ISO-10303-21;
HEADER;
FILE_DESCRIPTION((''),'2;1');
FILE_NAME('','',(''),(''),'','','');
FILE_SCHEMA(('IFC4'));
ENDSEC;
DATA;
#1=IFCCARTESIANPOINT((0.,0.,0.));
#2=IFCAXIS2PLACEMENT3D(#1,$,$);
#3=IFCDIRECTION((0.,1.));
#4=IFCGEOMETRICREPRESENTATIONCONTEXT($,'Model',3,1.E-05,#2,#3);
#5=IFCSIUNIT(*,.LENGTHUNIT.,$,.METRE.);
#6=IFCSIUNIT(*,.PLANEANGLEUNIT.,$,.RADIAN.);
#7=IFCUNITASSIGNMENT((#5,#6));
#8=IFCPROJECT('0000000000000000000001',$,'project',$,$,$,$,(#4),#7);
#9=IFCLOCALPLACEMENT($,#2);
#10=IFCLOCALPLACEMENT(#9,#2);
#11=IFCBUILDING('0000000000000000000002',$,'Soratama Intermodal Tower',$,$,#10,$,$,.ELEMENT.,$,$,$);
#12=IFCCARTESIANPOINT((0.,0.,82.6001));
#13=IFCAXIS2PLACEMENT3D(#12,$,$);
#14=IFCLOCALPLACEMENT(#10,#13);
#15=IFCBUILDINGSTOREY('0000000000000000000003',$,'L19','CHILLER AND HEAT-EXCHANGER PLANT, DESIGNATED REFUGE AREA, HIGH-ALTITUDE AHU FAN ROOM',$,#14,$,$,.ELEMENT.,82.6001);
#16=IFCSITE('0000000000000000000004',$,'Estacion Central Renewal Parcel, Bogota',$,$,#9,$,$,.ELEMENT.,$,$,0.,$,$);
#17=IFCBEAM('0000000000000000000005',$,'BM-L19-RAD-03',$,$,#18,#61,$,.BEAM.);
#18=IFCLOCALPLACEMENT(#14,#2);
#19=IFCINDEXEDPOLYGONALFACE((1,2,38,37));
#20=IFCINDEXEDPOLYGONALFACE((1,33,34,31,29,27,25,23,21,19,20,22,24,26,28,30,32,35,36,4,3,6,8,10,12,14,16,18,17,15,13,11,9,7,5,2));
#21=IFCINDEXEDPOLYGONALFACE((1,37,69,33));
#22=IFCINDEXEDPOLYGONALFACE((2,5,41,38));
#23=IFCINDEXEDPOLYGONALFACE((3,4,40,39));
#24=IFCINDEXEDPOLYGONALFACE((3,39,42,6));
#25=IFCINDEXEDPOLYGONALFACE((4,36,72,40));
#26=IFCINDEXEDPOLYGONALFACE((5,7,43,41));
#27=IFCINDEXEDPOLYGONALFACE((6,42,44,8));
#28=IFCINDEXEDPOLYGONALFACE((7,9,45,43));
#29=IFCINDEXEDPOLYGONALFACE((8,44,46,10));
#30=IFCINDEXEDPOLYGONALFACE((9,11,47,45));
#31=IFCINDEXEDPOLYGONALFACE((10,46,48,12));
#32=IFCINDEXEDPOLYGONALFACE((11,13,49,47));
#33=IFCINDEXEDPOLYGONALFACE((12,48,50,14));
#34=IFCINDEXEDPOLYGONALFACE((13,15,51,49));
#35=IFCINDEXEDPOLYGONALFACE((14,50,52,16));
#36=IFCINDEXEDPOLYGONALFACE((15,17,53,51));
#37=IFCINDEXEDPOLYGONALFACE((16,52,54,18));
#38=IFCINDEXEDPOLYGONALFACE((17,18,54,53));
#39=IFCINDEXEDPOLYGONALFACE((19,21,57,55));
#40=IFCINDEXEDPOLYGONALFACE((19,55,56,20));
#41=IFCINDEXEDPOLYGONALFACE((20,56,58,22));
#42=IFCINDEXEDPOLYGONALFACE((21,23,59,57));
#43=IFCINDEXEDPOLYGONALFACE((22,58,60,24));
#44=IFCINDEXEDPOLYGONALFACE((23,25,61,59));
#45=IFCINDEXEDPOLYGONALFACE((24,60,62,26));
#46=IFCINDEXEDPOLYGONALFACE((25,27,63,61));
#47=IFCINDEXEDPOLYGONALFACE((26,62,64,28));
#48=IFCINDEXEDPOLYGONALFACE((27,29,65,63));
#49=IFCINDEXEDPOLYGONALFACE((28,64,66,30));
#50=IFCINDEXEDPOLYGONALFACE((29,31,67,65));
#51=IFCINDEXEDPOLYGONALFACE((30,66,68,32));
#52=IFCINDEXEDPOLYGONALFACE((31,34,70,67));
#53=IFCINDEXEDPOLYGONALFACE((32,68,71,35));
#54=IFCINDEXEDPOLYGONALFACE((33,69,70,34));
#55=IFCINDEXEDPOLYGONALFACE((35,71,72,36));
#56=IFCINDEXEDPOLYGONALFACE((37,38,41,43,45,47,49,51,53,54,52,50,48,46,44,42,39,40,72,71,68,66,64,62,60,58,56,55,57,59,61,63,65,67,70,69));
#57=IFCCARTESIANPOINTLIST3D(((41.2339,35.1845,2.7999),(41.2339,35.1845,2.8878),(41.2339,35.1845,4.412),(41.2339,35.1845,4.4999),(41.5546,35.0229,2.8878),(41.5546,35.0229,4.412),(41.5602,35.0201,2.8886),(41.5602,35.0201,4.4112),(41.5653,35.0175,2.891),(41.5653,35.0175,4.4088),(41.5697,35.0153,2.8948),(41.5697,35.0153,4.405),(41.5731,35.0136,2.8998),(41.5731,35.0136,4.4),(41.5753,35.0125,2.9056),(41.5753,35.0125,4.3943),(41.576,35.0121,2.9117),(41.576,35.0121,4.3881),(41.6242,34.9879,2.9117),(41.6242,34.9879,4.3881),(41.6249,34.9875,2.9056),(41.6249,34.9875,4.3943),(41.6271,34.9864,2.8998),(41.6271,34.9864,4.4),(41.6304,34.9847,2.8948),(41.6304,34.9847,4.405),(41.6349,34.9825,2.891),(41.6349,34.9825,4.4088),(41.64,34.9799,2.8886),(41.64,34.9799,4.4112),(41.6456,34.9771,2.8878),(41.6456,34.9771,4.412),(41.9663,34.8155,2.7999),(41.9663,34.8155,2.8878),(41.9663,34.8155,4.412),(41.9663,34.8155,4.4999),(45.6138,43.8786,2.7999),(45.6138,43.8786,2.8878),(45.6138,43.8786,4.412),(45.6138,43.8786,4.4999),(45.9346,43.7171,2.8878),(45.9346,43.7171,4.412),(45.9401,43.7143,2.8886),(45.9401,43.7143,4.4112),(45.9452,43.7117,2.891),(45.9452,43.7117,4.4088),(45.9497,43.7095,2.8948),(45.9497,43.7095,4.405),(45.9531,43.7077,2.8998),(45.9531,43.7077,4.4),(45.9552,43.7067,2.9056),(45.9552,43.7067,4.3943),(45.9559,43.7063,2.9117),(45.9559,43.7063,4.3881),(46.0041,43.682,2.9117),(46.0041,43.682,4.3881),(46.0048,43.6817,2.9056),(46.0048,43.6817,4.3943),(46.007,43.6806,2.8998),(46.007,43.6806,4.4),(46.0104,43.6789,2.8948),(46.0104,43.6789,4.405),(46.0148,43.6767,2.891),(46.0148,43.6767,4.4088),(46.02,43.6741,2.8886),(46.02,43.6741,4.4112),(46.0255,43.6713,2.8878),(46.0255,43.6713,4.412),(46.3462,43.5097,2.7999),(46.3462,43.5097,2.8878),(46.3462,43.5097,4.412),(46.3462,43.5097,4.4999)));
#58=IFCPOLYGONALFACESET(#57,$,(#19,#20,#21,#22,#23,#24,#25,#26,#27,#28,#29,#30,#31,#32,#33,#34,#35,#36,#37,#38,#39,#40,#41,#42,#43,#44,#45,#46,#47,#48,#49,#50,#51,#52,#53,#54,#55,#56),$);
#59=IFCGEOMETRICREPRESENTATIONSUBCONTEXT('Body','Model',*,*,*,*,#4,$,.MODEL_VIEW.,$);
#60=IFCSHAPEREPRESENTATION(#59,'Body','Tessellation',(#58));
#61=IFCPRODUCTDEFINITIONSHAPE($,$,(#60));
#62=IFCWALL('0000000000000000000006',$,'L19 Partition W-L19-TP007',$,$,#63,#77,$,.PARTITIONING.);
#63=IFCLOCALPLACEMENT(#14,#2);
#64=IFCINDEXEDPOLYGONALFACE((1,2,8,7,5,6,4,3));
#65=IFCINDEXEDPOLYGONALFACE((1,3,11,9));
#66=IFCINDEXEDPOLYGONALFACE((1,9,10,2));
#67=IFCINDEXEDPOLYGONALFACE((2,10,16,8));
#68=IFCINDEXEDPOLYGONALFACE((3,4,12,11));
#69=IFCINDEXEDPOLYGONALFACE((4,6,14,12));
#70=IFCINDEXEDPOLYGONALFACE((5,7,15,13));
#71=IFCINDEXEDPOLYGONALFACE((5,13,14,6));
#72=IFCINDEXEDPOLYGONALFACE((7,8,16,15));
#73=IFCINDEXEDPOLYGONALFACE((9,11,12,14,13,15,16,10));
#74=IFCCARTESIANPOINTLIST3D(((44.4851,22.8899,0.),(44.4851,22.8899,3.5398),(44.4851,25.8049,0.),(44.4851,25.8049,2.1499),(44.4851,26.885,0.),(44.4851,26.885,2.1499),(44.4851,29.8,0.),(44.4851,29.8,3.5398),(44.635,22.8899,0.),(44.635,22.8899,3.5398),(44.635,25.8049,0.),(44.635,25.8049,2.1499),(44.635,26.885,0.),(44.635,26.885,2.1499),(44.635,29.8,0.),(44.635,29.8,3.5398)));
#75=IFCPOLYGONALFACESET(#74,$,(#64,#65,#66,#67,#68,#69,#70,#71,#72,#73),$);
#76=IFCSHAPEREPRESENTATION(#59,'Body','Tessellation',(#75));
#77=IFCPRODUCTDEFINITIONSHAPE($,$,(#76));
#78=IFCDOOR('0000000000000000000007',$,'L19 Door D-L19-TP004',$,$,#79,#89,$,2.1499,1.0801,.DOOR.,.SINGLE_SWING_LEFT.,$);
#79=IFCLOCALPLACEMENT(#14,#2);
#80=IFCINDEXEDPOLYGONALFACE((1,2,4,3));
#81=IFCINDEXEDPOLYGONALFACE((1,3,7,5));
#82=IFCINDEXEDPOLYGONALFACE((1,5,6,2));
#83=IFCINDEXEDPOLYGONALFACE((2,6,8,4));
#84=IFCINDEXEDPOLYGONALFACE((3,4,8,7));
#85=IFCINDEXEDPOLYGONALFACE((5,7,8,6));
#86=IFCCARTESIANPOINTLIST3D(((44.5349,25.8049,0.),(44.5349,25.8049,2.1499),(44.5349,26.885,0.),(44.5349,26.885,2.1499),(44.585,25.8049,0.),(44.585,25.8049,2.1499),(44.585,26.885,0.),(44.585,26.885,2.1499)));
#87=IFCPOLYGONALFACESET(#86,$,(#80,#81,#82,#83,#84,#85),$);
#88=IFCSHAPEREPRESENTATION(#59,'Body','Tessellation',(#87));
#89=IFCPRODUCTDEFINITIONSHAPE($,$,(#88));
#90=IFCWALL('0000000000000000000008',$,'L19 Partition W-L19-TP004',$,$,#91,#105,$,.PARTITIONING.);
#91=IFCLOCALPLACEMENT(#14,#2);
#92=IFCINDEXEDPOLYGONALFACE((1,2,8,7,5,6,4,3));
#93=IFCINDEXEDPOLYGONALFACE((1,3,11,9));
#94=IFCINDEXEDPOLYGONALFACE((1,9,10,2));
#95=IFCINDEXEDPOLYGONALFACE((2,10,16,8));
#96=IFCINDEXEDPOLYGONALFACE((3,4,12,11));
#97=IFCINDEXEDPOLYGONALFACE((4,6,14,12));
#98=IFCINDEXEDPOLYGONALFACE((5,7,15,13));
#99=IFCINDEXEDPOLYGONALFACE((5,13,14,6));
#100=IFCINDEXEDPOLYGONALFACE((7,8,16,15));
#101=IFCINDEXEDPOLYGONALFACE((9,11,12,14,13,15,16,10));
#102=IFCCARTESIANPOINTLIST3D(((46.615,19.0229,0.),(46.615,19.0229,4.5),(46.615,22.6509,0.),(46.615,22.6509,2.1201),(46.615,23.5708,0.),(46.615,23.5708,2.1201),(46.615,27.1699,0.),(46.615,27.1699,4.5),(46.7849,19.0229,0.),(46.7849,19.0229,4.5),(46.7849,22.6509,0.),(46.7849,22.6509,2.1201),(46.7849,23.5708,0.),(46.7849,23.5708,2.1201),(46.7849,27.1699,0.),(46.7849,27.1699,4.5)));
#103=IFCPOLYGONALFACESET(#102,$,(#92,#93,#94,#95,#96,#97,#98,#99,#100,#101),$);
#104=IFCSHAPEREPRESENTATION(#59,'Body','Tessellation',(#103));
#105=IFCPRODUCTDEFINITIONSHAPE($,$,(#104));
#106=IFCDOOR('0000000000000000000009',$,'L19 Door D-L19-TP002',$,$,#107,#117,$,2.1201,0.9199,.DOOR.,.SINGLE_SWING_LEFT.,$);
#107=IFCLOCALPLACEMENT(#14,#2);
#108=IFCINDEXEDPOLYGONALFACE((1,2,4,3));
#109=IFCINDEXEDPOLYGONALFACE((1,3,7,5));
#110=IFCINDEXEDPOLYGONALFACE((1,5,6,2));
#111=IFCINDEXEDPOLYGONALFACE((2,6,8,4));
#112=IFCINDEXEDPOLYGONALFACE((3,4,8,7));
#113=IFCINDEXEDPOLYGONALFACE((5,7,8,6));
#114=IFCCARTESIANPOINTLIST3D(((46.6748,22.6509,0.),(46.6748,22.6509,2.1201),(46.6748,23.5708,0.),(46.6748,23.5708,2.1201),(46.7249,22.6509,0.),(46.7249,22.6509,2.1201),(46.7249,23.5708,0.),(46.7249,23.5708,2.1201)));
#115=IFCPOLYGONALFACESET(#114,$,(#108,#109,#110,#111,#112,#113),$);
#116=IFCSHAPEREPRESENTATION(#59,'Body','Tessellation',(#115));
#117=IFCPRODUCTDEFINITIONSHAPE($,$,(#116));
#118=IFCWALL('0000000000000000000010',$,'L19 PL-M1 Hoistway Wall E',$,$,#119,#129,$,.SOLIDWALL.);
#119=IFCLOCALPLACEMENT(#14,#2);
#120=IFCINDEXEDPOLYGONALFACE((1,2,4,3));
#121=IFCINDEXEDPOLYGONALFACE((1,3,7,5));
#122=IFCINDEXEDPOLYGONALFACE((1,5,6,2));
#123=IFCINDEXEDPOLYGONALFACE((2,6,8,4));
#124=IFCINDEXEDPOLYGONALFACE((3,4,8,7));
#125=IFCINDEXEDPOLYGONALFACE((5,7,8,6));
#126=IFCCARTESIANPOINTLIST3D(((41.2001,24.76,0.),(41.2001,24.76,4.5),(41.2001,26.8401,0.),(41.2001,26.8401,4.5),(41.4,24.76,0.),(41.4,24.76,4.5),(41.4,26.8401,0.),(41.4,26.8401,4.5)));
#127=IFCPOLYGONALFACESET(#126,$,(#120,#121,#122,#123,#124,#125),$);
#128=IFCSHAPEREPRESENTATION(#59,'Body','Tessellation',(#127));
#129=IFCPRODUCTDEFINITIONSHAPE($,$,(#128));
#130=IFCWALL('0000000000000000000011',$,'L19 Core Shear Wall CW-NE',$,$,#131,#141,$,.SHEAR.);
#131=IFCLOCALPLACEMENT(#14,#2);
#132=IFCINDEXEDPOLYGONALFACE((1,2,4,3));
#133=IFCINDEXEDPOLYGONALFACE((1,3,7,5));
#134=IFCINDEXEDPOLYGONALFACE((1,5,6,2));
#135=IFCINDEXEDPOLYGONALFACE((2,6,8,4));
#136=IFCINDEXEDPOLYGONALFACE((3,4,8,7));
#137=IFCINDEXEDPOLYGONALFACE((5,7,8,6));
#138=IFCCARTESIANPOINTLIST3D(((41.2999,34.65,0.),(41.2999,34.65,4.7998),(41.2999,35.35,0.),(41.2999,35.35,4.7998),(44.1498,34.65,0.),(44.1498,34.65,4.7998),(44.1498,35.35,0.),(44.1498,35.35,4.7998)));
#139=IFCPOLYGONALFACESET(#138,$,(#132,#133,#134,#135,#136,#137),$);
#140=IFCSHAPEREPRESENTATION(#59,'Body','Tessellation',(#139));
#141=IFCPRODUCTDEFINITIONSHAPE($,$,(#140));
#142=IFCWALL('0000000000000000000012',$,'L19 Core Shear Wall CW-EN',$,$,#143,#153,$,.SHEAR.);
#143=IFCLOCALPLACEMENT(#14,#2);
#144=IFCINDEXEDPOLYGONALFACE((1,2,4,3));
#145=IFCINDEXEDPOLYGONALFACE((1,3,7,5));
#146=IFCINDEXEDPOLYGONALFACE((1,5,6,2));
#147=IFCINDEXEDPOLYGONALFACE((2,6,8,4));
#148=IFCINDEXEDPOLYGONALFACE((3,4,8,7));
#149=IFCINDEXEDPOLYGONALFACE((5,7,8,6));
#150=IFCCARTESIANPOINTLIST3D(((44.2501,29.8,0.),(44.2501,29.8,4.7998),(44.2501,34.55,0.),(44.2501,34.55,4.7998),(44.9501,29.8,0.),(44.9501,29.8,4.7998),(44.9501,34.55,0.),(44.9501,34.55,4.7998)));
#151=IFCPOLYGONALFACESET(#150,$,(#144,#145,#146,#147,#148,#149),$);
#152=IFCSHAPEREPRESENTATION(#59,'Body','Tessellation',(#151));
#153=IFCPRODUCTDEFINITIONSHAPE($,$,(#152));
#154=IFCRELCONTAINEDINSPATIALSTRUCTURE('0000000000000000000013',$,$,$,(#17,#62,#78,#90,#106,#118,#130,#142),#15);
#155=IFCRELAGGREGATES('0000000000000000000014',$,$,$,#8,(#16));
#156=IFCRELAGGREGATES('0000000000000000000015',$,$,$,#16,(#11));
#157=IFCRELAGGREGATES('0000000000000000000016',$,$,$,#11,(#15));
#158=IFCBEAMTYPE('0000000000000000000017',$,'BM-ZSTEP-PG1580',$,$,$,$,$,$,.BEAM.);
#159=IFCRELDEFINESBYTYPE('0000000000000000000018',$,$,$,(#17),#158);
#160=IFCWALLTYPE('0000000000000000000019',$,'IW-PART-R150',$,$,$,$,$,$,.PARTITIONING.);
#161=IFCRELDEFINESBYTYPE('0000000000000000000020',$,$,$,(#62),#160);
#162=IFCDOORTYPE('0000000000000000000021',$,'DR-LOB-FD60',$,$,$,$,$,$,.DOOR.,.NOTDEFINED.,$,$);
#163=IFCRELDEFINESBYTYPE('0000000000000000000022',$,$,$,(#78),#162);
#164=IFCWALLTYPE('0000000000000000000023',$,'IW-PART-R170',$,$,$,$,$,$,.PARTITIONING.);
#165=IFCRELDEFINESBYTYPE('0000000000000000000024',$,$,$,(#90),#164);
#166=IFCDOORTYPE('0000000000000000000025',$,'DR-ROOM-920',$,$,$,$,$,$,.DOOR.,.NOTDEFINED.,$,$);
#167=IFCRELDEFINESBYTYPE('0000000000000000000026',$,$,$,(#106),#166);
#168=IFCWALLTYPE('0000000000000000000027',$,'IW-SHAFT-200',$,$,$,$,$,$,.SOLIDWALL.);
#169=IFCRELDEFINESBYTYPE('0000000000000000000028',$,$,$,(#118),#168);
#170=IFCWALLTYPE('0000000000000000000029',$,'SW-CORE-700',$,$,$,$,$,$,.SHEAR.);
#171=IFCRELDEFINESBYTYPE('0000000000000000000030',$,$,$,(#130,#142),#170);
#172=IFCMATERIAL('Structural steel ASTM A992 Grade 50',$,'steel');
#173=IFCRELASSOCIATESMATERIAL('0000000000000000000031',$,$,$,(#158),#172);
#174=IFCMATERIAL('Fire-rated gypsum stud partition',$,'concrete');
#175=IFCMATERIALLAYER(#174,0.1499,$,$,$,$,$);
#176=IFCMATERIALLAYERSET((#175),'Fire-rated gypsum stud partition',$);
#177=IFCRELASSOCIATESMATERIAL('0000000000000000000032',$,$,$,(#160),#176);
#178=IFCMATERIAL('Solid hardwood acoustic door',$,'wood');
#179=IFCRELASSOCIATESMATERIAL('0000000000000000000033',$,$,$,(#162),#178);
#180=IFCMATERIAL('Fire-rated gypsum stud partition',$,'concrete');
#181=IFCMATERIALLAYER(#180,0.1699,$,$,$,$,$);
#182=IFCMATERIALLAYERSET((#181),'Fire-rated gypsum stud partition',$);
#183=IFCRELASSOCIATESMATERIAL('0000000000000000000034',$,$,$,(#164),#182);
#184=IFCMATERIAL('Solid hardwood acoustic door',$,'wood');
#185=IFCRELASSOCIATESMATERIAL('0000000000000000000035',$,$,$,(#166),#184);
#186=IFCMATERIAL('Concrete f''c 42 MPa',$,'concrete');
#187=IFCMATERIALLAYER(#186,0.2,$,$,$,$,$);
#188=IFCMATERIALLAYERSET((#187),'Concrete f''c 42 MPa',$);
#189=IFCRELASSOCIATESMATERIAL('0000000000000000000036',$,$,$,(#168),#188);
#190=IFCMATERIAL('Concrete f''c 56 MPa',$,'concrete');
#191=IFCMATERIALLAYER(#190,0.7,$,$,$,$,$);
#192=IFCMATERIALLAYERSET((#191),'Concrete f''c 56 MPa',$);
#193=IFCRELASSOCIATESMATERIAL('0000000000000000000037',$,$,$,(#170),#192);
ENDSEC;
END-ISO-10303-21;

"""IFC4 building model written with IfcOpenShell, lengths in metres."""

from ifc_helpers import new_model, si_unit, direction, frame, frame_2d, origin, origin_2d, place, context, subcontext, project, spatial, rectangle, i_section, extrude, material, layer, layer_set, material_profile, profile_set, type_object, element, fill, save


model = new_model("IFC4")

# Units and contexts
model_context = context("Model", 3, precision=1e-05, world=origin(), true_north=direction((0.0, 1.0)))
body_context = subcontext(model_context, "Body", "Model", "MODEL_VIEW")
ifc_project = project(units=[si_unit("LENGTHUNIT", "METRE"), si_unit("PLANEANGLEUNIT", "RADIAN")], contexts=[model_context])

# Site, building, storey
site_placement = place(None, origin())
site = spatial("IfcSite", under=ifc_project, at=site_placement, Name="Estacion Central Renewal Parcel, Bogota", CompositionType="ELEMENT", RefElevation=0.0)
building_placement = place(site_placement, origin())
building = spatial("IfcBuilding", under=site, at=building_placement, Name="Soratama Intermodal Tower", CompositionType="ELEMENT")
storey_placement = place(building_placement, frame((0.0, 0.0, 82.6001)))
storey = spatial("IfcBuildingStorey", under=building, at=storey_placement, Name="L19", Description="CHILLER AND HEAT-EXCHANGER PLANT, DESIGNATED REFUGE AREA, HIGH-ALTITUDE AHU FAN ROOM", CompositionType="ELEMENT", Elevation=82.6001)

# Beam
ifc_material_1 = material(Name="Structural steel ASTM A992 Grade 50", Category="steel")
ifc_material_profile_1 = material_profile(ifc_material_1, i_section(OverallWidth=0.8201, OverallDepth=1.7, WebThickness=0.054, FlangeThickness=0.0879, FilletRadius=0.0239, at=origin_2d()), Name="PG1580X800")
ifc_profile_set_1 = profile_set([ifc_material_profile_1], Name="Structural steel ASTM A992 Grade 50")
beam_type_1 = type_object("IfcBeamType", Name="BM-ZSTEP-PG1580", PredefinedType="BEAM", material=ifc_profile_set_1)
beam_1_placement = place(storey_placement, frame((41.6001, 35.0, 3.6499), z_axis=(0.44991, 0.893074, 0.0), x_axis=(-0.893074, 0.44991, 0.0)))
element("IfcBeam", 1, at=beam_1_placement, inside=storey, type_object=beam_type_1, Name="BM-L19-RAD-03", PredefinedType="BEAM", context=body_context, shape_type="SweptSolid", body=[
    extrude(i_section(OverallWidth=0.8201, OverallDepth=1.7, WebThickness=0.054, FlangeThickness=0.0879, FilletRadius=0.0239, at=origin_2d()), origin(), (0.0, 0.0, 1.0), 9.7351),
])

# Walls, openings, doors
ifc_material_2 = material(Name="Fire-rated gypsum stud partition", Category="concrete")
ifc_layer_1 = layer(ifc_material_2, 0.1499)
ifc_layer_set_1 = layer_set([ifc_layer_1], Name="Fire-rated gypsum stud partition")
wall_type_1 = type_object("IfcWallType", Name="IW-PART-R150", PredefinedType="PARTITIONING", material=ifc_layer_set_1)
wall_1_placement = place(storey_placement, frame((44.5601, 29.8, 0.0), z_axis=(0.0, 0.0, 1.0), x_axis=(0.0, -1.0, 0.0)))
wall_1 = element("IfcWall", 2, at=wall_1_placement, inside=storey, type_object=wall_type_1, Name="L19 Partition W-L19-TP007", PredefinedType="PARTITIONING", context=body_context, shape_type="SweptSolid", body=[
    extrude(rectangle(XDim=6.9102, YDim=0.1499, at=frame_2d((3.4551, 0.0))), origin(), (0.0, 0.0, 1.0), 3.5398),
])
opening_1_placement = place(wall_1_placement, frame((2.915, 0.0, 0.0)))
opening_1 = element("IfcOpeningElement", 3, at=opening_1_placement, cuts=wall_1, PredefinedType="OPENING", context=body_context, shape_type="SweptSolid", body=[
    extrude(rectangle(XDim=1.0801, YDim=2.1499, at=frame_2d((0.54, 1.075))), frame((0.0, 0.085, 0.0), z_axis=(0.0, -1.0, 0.0), x_axis=(1.0, 0.0, 0.0)), (0.0, 0.0, 1.0), 0.1699),
])
ifc_material_3 = material(Name="Solid hardwood acoustic door", Category="wood")
door_type_1 = type_object("IfcDoorType", Name="DR-LOB-FD60", OperationType="NOTDEFINED", PredefinedType="DOOR", material=ifc_material_3)
door_1_placement = place(opening_1_placement, origin())
door_1 = element("IfcDoor", 4, at=door_1_placement, inside=storey, type_object=door_type_1, Name="L19 Door D-L19-TP004", OperationType="SINGLE_SWING_LEFT", OverallHeight=2.1499, OverallWidth=1.0801, PredefinedType="DOOR", context=body_context, shape_type="SweptSolid", body=[
    extrude(rectangle(XDim=1.0801, YDim=2.1499, at=frame_2d((0.54, 1.075))), frame((0.0, 0.0249, 0.0), z_axis=(0.0, -1.0, 0.0), x_axis=(1.0, 0.0, 0.0)), (0.0, 0.0, 1.0), 0.05),
])
fill(opening_1, door_1)
ifc_material_4 = material(Name="Fire-rated gypsum stud partition", Category="concrete")
ifc_layer_2 = layer(ifc_material_4, 0.1699)
ifc_layer_set_2 = layer_set([ifc_layer_2], Name="Fire-rated gypsum stud partition")
wall_type_2 = type_object("IfcWallType", Name="IW-PART-R170", PredefinedType="PARTITIONING", material=ifc_layer_set_2)
wall_2_placement = place(storey_placement, frame((46.7, 27.1699, 0.0), z_axis=(0.0, 0.0, 1.0), x_axis=(0.0, -1.0, 0.0)))
wall_2 = element("IfcWall", 5, at=wall_2_placement, inside=storey, type_object=wall_type_2, Name="L19 Partition W-L19-TP004", PredefinedType="PARTITIONING", context=body_context, shape_type="SweptSolid", body=[
    extrude(rectangle(XDim=8.147, YDim=0.1699, at=frame_2d((4.0735, 0.0))), origin(), (0.0, 0.0, 1.0), 4.5),
])
opening_2_placement = place(wall_2_placement, frame((3.5991, 0.0, 0.0)))
opening_2 = element("IfcOpeningElement", 6, at=opening_2_placement, cuts=wall_2, PredefinedType="OPENING", context=body_context, shape_type="SweptSolid", body=[
    extrude(rectangle(XDim=0.9199, YDim=2.1201, at=frame_2d((0.46, 1.0601))), frame((0.0, 0.095, 0.0), z_axis=(0.0, -1.0, 0.0), x_axis=(1.0, 0.0, 0.0)), (0.0, 0.0, 1.0), 0.1899),
])
ifc_material_5 = material(Name="Solid hardwood acoustic door", Category="wood")
door_type_2 = type_object("IfcDoorType", Name="DR-ROOM-920", OperationType="NOTDEFINED", PredefinedType="DOOR", material=ifc_material_5)
door_2_placement = place(opening_2_placement, origin())
door_2 = element("IfcDoor", 7, at=door_2_placement, inside=storey, type_object=door_type_2, Name="L19 Door D-L19-TP002", OperationType="SINGLE_SWING_LEFT", OverallHeight=2.1201, OverallWidth=0.9199, PredefinedType="DOOR", context=body_context, shape_type="SweptSolid", body=[
    extrude(rectangle(XDim=0.9199, YDim=2.1201, at=frame_2d((0.46, 1.0601))), frame((0.0, 0.0249, 0.0), z_axis=(0.0, -1.0, 0.0), x_axis=(1.0, 0.0, 0.0)), (0.0, 0.0, 1.0), 0.05),
])
fill(opening_2, door_2)

# Walls
ifc_material_6 = material(Name="Concrete f'c 42 MPa", Category="concrete")
ifc_layer_3 = layer(ifc_material_6, 0.2)
ifc_layer_set_3 = layer_set([ifc_layer_3], Name="Concrete f'c 42 MPa")
wall_type_3 = type_object("IfcWallType", Name="IW-SHAFT-200", PredefinedType="SOLIDWALL", material=ifc_layer_set_3)
wall_3_placement = place(storey_placement, frame((41.3, 24.76, 0.0), z_axis=(0.0, 0.0, 1.0), x_axis=(0.0, 1.0, 0.0)))
element("IfcWall", 8, at=wall_3_placement, inside=storey, type_object=wall_type_3, Name="L19 PL-M1 Hoistway Wall E", PredefinedType="SOLIDWALL", context=body_context, shape_type="SweptSolid", body=[
    extrude(rectangle(XDim=2.0801, YDim=0.2, at=frame_2d((1.04, 0.0))), origin(), (0.0, 0.0, 1.0), 4.5),
])
ifc_material_7 = material(Name="Concrete f'c 56 MPa", Category="concrete")
ifc_layer_4 = layer(ifc_material_7, 0.7)
ifc_layer_set_4 = layer_set([ifc_layer_4], Name="Concrete f'c 56 MPa")
wall_type_4 = type_object("IfcWallType", Name="SW-CORE-700", PredefinedType="SHEAR", material=ifc_layer_set_4)
wall_4_placement = place(storey_placement, frame((41.3, 35.0, 0.0), z_axis=(0.0, 0.0, 1.0), x_axis=(1.0, 0.0, 0.0)))
element("IfcWall", 9, at=wall_4_placement, inside=storey, type_object=wall_type_4, Name="L19 Core Shear Wall CW-NE", PredefinedType="SHEAR", context=body_context, shape_type="SweptSolid", body=[
    extrude(rectangle(XDim=2.8499, YDim=0.7, at=frame_2d((1.4248, 0.0))), origin(), (0.0, 0.0, 1.0), 4.7998),
])
wall_5_placement = place(storey_placement, frame((44.6001, 29.8, 0.0), z_axis=(0.0, 0.0, 1.0), x_axis=(0.0, 1.0, 0.0)))
element("IfcWall", 10, at=wall_5_placement, inside=storey, type_object=wall_type_4, Name="L19 Core Shear Wall CW-EN", PredefinedType="SHEAR", context=body_context, shape_type="SweptSolid", body=[
    extrude(rectangle(XDim=4.75, YDim=0.7, at=frame_2d((2.375, 0.0))), origin(), (0.0, 0.0, 1.0), 4.7998),
])

save(model, "model.ifc")
